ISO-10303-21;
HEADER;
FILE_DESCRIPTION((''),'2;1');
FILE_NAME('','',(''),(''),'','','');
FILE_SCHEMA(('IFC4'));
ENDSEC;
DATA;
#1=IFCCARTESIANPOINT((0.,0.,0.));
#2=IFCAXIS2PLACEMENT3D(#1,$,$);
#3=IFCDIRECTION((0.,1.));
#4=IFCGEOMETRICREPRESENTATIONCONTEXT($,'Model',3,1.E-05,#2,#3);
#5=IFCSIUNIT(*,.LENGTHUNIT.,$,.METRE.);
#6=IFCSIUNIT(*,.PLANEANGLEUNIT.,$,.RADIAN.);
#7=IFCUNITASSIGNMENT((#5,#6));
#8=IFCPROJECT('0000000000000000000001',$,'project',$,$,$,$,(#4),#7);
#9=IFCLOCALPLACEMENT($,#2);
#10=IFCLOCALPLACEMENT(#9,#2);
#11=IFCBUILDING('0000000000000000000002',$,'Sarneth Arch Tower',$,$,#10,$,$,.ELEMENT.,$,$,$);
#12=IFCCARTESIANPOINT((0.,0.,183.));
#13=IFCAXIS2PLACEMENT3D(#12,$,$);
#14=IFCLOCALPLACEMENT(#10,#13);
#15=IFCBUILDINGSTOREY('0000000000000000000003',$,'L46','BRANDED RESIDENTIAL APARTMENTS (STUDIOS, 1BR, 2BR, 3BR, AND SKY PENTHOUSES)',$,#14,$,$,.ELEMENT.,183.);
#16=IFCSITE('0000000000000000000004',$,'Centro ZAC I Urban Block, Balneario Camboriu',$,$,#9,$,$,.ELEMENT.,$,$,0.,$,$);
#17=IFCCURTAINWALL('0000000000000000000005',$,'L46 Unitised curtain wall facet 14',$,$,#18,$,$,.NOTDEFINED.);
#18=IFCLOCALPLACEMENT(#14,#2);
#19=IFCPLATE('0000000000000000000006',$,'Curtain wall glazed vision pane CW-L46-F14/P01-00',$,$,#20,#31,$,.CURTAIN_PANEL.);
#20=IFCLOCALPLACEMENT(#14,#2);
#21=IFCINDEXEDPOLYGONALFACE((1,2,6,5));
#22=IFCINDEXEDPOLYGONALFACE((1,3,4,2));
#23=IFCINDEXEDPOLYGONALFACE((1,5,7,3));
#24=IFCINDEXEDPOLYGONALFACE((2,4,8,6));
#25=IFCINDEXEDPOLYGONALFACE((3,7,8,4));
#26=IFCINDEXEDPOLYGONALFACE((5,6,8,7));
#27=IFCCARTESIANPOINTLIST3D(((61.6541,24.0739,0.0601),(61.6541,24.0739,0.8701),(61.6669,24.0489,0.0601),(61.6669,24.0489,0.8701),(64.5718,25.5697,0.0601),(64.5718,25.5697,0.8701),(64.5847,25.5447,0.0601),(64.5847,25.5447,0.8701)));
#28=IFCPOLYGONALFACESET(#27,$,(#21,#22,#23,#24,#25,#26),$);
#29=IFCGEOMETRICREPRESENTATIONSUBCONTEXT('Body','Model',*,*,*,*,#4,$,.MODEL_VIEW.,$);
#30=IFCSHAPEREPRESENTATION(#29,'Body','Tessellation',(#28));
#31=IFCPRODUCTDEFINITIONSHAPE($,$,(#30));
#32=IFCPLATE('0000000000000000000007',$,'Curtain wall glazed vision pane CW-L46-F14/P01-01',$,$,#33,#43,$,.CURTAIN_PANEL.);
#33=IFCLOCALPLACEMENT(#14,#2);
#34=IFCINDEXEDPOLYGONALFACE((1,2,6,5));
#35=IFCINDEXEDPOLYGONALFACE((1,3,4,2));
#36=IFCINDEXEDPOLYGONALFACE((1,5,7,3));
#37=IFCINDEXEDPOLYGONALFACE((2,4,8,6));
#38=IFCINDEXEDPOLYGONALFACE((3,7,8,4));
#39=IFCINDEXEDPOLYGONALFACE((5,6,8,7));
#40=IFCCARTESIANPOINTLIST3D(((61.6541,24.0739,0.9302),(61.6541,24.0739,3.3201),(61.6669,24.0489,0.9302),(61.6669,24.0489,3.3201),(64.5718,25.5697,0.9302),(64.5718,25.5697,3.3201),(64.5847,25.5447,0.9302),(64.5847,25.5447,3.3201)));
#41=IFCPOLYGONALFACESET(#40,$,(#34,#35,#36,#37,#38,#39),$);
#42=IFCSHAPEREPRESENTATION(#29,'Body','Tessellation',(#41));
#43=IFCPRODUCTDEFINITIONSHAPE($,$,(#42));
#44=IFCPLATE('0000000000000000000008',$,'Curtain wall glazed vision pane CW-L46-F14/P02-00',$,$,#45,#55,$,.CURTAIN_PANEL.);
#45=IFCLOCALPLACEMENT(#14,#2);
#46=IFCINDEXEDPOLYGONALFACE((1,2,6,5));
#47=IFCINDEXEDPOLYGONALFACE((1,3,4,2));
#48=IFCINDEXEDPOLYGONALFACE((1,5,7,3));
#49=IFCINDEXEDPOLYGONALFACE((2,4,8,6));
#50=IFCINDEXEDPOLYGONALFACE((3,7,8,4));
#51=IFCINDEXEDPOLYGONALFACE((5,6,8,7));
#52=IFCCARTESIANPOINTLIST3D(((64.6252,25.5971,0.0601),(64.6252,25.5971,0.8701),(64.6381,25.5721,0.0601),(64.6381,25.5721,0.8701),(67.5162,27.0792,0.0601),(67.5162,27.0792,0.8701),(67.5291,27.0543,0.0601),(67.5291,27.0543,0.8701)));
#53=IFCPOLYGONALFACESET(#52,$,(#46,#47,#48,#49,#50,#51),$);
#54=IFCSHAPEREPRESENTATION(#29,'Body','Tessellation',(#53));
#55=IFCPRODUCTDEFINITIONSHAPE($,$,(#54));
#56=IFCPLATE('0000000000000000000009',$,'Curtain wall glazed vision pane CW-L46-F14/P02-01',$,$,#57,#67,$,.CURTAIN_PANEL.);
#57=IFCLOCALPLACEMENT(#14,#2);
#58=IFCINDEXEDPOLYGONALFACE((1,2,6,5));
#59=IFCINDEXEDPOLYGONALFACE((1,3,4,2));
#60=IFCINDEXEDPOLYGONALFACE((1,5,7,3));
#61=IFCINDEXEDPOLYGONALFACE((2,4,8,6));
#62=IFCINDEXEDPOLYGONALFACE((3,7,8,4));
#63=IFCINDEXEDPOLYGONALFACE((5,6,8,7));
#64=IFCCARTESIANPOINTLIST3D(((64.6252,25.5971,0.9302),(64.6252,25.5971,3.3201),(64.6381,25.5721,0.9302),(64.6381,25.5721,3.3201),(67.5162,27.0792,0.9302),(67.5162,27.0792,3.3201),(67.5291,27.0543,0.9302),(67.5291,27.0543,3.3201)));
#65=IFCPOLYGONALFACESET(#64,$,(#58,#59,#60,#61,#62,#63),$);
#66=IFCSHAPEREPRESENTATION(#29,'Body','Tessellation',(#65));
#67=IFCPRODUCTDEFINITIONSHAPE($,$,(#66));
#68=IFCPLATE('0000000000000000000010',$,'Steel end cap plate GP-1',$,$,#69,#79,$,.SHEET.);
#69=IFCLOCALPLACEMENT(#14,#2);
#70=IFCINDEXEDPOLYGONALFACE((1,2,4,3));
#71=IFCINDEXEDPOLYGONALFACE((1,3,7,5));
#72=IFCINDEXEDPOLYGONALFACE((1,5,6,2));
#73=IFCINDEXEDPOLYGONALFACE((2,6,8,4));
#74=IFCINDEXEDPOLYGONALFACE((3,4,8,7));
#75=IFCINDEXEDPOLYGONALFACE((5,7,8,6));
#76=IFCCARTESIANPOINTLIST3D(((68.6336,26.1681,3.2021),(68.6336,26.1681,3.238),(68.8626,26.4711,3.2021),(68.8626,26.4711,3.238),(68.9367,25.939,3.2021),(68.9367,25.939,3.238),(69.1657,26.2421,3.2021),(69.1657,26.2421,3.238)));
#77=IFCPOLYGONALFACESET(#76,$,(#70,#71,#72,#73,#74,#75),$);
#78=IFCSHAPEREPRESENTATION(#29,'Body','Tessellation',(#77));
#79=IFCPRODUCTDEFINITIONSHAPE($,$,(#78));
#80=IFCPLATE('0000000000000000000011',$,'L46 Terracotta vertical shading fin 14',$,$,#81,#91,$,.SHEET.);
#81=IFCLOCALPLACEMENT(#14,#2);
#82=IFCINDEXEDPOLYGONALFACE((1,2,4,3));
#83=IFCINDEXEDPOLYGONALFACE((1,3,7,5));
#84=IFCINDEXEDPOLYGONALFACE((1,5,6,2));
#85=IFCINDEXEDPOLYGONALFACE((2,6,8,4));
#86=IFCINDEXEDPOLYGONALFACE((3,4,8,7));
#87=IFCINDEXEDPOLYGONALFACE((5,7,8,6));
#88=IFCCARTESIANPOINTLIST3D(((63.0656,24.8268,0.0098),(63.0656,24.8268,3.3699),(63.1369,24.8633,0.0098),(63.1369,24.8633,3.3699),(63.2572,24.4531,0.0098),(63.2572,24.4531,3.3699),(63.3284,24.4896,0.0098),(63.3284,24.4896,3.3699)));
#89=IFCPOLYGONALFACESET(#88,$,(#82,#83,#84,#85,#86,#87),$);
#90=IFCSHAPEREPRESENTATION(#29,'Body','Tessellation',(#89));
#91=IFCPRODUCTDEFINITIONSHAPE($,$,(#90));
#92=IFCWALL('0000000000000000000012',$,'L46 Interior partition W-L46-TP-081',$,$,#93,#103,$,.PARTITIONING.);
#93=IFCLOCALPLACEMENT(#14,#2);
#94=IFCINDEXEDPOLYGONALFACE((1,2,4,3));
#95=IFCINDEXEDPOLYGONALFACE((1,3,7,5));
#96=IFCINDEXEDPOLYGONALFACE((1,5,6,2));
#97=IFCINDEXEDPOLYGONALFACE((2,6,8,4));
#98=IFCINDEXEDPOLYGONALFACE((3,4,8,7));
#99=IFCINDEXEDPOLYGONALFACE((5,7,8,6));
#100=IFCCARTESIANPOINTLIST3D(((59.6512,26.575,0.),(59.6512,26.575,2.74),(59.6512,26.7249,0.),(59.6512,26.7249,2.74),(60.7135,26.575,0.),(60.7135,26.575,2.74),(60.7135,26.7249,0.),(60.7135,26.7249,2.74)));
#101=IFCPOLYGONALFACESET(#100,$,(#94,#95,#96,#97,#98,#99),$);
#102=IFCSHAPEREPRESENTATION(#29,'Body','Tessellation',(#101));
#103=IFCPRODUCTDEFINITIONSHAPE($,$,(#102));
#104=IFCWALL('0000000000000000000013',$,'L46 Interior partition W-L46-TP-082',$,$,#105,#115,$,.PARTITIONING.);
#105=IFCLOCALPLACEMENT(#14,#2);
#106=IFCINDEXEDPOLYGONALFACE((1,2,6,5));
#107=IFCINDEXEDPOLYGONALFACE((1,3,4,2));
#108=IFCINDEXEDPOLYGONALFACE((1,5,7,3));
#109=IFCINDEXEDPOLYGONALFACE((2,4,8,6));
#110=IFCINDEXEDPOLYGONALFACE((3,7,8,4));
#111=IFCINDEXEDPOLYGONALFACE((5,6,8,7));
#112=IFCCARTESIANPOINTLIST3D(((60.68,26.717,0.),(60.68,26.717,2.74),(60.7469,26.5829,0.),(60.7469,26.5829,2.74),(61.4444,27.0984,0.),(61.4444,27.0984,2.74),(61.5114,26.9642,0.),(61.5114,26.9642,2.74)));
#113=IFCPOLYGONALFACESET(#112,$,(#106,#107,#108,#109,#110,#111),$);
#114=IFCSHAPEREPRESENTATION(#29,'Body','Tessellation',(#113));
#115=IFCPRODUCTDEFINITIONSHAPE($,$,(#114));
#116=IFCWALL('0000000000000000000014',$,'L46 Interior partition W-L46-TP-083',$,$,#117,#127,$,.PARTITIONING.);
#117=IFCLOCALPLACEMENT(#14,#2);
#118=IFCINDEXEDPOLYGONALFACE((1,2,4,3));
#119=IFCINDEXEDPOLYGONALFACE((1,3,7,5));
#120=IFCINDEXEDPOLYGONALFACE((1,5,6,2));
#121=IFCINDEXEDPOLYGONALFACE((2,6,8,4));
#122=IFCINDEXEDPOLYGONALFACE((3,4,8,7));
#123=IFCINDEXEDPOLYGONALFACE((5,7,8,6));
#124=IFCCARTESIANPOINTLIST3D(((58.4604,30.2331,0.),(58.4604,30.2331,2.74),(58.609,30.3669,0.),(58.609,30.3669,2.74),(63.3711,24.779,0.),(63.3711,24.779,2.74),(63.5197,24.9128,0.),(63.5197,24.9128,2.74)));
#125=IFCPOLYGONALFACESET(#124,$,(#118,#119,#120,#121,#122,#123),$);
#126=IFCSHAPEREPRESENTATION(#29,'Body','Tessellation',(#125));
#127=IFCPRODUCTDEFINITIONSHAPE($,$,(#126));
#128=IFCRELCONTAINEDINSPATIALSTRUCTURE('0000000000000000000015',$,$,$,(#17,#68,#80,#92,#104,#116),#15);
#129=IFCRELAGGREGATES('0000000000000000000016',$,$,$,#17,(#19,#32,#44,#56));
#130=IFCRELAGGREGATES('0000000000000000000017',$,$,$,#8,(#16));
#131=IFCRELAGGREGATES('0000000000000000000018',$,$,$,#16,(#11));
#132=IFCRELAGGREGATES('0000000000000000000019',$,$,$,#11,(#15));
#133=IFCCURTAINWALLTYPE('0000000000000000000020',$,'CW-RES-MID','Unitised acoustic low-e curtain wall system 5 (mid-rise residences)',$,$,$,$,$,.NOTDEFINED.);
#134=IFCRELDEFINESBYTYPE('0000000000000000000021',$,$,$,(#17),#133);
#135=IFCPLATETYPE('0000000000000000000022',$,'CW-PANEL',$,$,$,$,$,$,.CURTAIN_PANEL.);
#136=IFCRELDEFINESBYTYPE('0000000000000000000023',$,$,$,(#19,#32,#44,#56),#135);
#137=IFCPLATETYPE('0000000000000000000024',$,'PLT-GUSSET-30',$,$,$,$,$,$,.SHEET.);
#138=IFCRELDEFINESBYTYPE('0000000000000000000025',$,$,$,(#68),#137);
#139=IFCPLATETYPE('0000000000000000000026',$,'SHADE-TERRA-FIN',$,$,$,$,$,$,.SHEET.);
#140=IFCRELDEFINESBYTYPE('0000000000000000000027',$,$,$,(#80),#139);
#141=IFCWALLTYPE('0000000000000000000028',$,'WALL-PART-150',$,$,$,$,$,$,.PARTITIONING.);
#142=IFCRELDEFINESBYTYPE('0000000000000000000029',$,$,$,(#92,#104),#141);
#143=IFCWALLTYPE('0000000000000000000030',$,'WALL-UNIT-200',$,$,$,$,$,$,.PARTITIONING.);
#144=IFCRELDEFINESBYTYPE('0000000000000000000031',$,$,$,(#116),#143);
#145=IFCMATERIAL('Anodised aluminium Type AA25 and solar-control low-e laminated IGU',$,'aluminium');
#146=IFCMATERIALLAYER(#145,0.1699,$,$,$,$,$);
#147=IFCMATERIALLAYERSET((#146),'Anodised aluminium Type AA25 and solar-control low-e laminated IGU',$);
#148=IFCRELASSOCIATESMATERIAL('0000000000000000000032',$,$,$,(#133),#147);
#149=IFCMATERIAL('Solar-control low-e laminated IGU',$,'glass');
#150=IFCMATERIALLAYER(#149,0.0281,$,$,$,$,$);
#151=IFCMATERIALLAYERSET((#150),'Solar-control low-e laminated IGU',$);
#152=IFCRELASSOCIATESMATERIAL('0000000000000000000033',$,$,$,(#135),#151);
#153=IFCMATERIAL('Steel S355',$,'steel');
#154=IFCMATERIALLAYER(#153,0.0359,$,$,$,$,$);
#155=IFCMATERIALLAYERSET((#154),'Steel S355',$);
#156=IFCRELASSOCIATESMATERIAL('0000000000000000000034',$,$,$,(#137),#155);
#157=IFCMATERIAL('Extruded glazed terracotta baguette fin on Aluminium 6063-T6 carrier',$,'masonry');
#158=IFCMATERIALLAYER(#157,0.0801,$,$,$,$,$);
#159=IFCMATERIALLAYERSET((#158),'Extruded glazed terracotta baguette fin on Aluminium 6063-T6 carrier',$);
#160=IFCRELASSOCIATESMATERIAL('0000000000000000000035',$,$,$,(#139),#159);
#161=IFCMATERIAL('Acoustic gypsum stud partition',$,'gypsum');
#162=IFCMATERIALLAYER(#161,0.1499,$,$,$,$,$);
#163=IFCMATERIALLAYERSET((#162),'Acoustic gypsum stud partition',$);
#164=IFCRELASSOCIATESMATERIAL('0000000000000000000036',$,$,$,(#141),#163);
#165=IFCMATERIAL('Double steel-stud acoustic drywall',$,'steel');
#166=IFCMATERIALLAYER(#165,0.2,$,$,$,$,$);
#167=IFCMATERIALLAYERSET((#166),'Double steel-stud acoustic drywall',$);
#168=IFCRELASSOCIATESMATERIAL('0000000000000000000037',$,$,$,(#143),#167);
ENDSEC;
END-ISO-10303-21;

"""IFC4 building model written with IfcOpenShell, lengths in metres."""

from ifc_helpers import new_model, si_unit, direction, frame, frame_2d, origin, origin_2d, place, context, subcontext, project, spatial, rectangle, extrude, material, layer, layer_set, type_object, element, aggregate, save


model = new_model("IFC4")

# Units and contexts
model_context = context("Model", 3, precision=1e-05, world=origin(), true_north=direction((0.0, 1.0)))
body_context = subcontext(model_context, "Body", "Model", "MODEL_VIEW")
ifc_project = project(units=[si_unit("LENGTHUNIT", "METRE"), si_unit("PLANEANGLEUNIT", "RADIAN")], contexts=[model_context])

# Site, building, storey
site_placement = place(None, origin())
site = spatial("IfcSite", under=ifc_project, at=site_placement, Name="Centro ZAC I Urban Block, Balneario Camboriu", CompositionType="ELEMENT", RefElevation=0.0)
building_placement = place(site_placement, origin())
building = spatial("IfcBuilding", under=site, at=building_placement, Name="Sarneth Arch Tower", CompositionType="ELEMENT")
storey_placement = place(building_placement, frame((0.0, 0.0, 183.0)))
storey = spatial("IfcBuildingStorey", under=building, at=storey_placement, Name="L46", Description="BRANDED RESIDENTIAL APARTMENTS (STUDIOS, 1BR, 2BR, 3BR, AND SKY PENTHOUSES)", CompositionType="ELEMENT", Elevation=183.0)

# Curtain wall, plates
ifc_material_1 = material(Name="Anodised aluminium Type AA25 and solar-control low-e laminated IGU", Category="aluminium")
ifc_layer_1 = layer(ifc_material_1, 0.1699)
ifc_layer_set_1 = layer_set([ifc_layer_1], Name="Anodised aluminium Type AA25 and solar-control low-e laminated IGU")
curtain_wall_type = type_object("IfcCurtainWallType", Name="CW-RES-MID", Description="Unitised acoustic low-e curtain wall system 5 (mid-rise residences)", PredefinedType="NOTDEFINED", material=ifc_layer_set_1)
curtain_wall_placement = place(storey_placement, origin())
curtain_wall = element("IfcCurtainWall", 1, at=curtain_wall_placement, inside=storey, type_object=curtain_wall_type, Name="L46 Unitised curtain wall facet 14", PredefinedType="NOTDEFINED")
ifc_material_2 = material(Name="Solar-control low-e laminated IGU", Category="glass")
ifc_layer_2 = layer(ifc_material_2, 0.0281)
ifc_layer_set_2 = layer_set([ifc_layer_2], Name="Solar-control low-e laminated IGU")
plate_type_1 = type_object("IfcPlateType", Name="CW-PANEL", PredefinedType="CURTAIN_PANEL", material=ifc_layer_set_2)
plate_1_placement = place(storey_placement, frame((63.1194, 24.8093, 0.0601), z_axis=(0.0, 0.0, 1.0), x_axis=(0.889873, 0.456208, 0.0)))
plate_1 = element("IfcPlate", 2, at=plate_1_placement, type_object=plate_type_1, Name="Curtain wall glazed vision pane CW-L46-F14/P01-00", PredefinedType="CURTAIN_PANEL", context=body_context, shape_type="SweptSolid", body=[
    extrude(rectangle(XDim=3.2788, YDim=0.0281, at=origin_2d()), origin(), (0.0, 0.0, 1.0), 0.8101),
])
plate_2_placement = place(storey_placement, frame((63.1194, 24.8093, 0.9302), z_axis=(0.0, 0.0, 1.0), x_axis=(0.889873, 0.456208, 0.0)))
plate_2 = element("IfcPlate", 3, at=plate_2_placement, type_object=plate_type_1, Name="Curtain wall glazed vision pane CW-L46-F14/P01-01", PredefinedType="CURTAIN_PANEL", context=body_context, shape_type="SweptSolid", body=[
    extrude(rectangle(XDim=3.2788, YDim=0.0281, at=origin_2d()), origin(), (0.0, 0.0, 1.0), 2.3899),
])
plate_3_placement = place(storey_placement, frame((66.0771, 26.3257, 0.0601), z_axis=(0.0, 0.0, 1.0), x_axis=(0.889873, 0.456208, 0.0)))
plate_3 = element("IfcPlate", 4, at=plate_3_placement, type_object=plate_type_1, Name="Curtain wall glazed vision pane CW-L46-F14/P02-00", PredefinedType="CURTAIN_PANEL", context=body_context, shape_type="SweptSolid", body=[
    extrude(rectangle(XDim=3.2488, YDim=0.0281, at=origin_2d()), origin(), (0.0, 0.0, 1.0), 0.8101),
])
plate_4_placement = place(storey_placement, frame((66.0771, 26.3257, 0.9302), z_axis=(0.0, 0.0, 1.0), x_axis=(0.889873, 0.456208, 0.0)))
plate_4 = element("IfcPlate", 5, at=plate_4_placement, type_object=plate_type_1, Name="Curtain wall glazed vision pane CW-L46-F14/P02-01", PredefinedType="CURTAIN_PANEL", context=body_context, shape_type="SweptSolid", body=[
    extrude(rectangle(XDim=3.2488, YDim=0.0281, at=origin_2d()), origin(), (0.0, 0.0, 1.0), 2.3899),
])
aggregate(curtain_wall, [plate_1, plate_2, plate_3, plate_4])

# Plates
ifc_material_3 = material(Name="Steel S355", Category="steel")
ifc_layer_3 = layer(ifc_material_3, 0.0359)
ifc_layer_set_3 = layer_set([ifc_layer_3], Name="Steel S355")
plate_type_2 = type_object("IfcPlateType", Name="PLT-GUSSET-30", PredefinedType="SHEET", material=ifc_layer_set_3)
plate_5_placement = place(storey_placement, frame((68.8997, 26.2051, 3.2021), z_axis=(0.0, 0.0, 1.0), x_axis=(0.797794, -0.60293, 0.0)))
element("IfcPlate", 6, at=plate_5_placement, inside=storey, type_object=plate_type_2, Name="Steel end cap plate GP-1", PredefinedType="SHEET", context=body_context, shape_type="SweptSolid", body=[
    extrude(rectangle(XDim=0.3799, YDim=0.3799, at=origin_2d()), origin(), (0.0, 0.0, 1.0), 0.0359),
])
ifc_material_4 = material(Name="Extruded glazed terracotta baguette fin on Aluminium 6063-T6 carrier", Category="masonry")
ifc_layer_4 = layer(ifc_material_4, 0.0801)
ifc_layer_set_4 = layer_set([ifc_layer_4], Name="Extruded glazed terracotta baguette fin on Aluminium 6063-T6 carrier")
plate_type_3 = type_object("IfcPlateType", Name="SHADE-TERRA-FIN", PredefinedType="SHEET", material=ifc_layer_set_4)
plate_6_placement = place(storey_placement, frame((63.197, 24.6582, 0.0098), z_axis=(0.0, 0.0, 1.0), x_axis=(0.456166, -0.889895, 0.0)))
element("IfcPlate", 7, at=plate_6_placement, inside=storey, type_object=plate_type_3, Name="L46 Terracotta vertical shading fin 14", PredefinedType="SHEET", context=body_context, shape_type="SweptSolid", body=[
    extrude(rectangle(XDim=0.4199, YDim=0.0801, at=origin_2d()), origin(), (0.0, 0.0, 1.0), 3.3601),
])

# Walls
ifc_material_5 = material(Name="Acoustic gypsum stud partition", Category="gypsum")
ifc_layer_5 = layer(ifc_material_5, 0.1499)
ifc_layer_set_5 = layer_set([ifc_layer_5], Name="Acoustic gypsum stud partition")
wall_type_1 = type_object("IfcWallType", Name="WALL-PART-150", PredefinedType="PARTITIONING", material=ifc_layer_set_5)
wall_1_placement = place(storey_placement, frame((59.6511, 26.6499, 0.0), z_axis=(0.0, 0.0, 1.0), x_axis=(1.0, 0.0, 0.0)))
element("IfcWall", 8, at=wall_1_placement, inside=storey, type_object=wall_type_1, Name="L46 Interior partition W-L46-TP-081", PredefinedType="PARTITIONING", context=body_context, shape_type="SweptSolid", body=[
    extrude(rectangle(XDim=1.0623, YDim=0.1499, at=frame_2d((0.5312, 0.0))), origin(), (0.0, 0.0, 1.0), 2.74),
])
wall_2_placement = place(storey_placement, frame((60.7134, 26.6499, 0.0), z_axis=(0.0, 0.0, 1.0), x_axis=(0.894827, 0.446413, 0.0)))
element("IfcWall", 9, at=wall_2_placement, inside=storey, type_object=wall_type_1, Name="L46 Interior partition W-L46-TP-082", PredefinedType="PARTITIONING", context=body_context, shape_type="SweptSolid", body=[
    extrude(rectangle(XDim=0.8542, YDim=0.1499, at=frame_2d((0.4272, 0.0))), origin(), (0.0, 0.0, 1.0), 2.74),
])
ifc_material_6 = material(Name="Double steel-stud acoustic drywall", Category="steel")
ifc_layer_6 = layer(ifc_material_6, 0.2)
ifc_layer_set_6 = layer_set([ifc_layer_6], Name="Double steel-stud acoustic drywall")
wall_type_2 = type_object("IfcWallType", Name="WALL-UNIT-200", PredefinedType="PARTITIONING", material=ifc_layer_set_6)
wall_3_placement = place(storey_placement, frame((63.4453, 24.8459, 0.0), z_axis=(0.0, 0.0, 1.0), x_axis=(-0.669112, 0.743162, 0.0)))
element("IfcWall", 10, at=wall_3_placement, inside=storey, type_object=wall_type_2, Name="L46 Interior partition W-L46-TP-083", PredefinedType="PARTITIONING", context=body_context, shape_type="SweptSolid", body=[
    extrude(rectangle(XDim=7.3391, YDim=0.2, at=frame_2d((3.6694, 0.0))), origin(), (0.0, 0.0, 1.0), 2.74),
])

save(model, "model.ifc")
